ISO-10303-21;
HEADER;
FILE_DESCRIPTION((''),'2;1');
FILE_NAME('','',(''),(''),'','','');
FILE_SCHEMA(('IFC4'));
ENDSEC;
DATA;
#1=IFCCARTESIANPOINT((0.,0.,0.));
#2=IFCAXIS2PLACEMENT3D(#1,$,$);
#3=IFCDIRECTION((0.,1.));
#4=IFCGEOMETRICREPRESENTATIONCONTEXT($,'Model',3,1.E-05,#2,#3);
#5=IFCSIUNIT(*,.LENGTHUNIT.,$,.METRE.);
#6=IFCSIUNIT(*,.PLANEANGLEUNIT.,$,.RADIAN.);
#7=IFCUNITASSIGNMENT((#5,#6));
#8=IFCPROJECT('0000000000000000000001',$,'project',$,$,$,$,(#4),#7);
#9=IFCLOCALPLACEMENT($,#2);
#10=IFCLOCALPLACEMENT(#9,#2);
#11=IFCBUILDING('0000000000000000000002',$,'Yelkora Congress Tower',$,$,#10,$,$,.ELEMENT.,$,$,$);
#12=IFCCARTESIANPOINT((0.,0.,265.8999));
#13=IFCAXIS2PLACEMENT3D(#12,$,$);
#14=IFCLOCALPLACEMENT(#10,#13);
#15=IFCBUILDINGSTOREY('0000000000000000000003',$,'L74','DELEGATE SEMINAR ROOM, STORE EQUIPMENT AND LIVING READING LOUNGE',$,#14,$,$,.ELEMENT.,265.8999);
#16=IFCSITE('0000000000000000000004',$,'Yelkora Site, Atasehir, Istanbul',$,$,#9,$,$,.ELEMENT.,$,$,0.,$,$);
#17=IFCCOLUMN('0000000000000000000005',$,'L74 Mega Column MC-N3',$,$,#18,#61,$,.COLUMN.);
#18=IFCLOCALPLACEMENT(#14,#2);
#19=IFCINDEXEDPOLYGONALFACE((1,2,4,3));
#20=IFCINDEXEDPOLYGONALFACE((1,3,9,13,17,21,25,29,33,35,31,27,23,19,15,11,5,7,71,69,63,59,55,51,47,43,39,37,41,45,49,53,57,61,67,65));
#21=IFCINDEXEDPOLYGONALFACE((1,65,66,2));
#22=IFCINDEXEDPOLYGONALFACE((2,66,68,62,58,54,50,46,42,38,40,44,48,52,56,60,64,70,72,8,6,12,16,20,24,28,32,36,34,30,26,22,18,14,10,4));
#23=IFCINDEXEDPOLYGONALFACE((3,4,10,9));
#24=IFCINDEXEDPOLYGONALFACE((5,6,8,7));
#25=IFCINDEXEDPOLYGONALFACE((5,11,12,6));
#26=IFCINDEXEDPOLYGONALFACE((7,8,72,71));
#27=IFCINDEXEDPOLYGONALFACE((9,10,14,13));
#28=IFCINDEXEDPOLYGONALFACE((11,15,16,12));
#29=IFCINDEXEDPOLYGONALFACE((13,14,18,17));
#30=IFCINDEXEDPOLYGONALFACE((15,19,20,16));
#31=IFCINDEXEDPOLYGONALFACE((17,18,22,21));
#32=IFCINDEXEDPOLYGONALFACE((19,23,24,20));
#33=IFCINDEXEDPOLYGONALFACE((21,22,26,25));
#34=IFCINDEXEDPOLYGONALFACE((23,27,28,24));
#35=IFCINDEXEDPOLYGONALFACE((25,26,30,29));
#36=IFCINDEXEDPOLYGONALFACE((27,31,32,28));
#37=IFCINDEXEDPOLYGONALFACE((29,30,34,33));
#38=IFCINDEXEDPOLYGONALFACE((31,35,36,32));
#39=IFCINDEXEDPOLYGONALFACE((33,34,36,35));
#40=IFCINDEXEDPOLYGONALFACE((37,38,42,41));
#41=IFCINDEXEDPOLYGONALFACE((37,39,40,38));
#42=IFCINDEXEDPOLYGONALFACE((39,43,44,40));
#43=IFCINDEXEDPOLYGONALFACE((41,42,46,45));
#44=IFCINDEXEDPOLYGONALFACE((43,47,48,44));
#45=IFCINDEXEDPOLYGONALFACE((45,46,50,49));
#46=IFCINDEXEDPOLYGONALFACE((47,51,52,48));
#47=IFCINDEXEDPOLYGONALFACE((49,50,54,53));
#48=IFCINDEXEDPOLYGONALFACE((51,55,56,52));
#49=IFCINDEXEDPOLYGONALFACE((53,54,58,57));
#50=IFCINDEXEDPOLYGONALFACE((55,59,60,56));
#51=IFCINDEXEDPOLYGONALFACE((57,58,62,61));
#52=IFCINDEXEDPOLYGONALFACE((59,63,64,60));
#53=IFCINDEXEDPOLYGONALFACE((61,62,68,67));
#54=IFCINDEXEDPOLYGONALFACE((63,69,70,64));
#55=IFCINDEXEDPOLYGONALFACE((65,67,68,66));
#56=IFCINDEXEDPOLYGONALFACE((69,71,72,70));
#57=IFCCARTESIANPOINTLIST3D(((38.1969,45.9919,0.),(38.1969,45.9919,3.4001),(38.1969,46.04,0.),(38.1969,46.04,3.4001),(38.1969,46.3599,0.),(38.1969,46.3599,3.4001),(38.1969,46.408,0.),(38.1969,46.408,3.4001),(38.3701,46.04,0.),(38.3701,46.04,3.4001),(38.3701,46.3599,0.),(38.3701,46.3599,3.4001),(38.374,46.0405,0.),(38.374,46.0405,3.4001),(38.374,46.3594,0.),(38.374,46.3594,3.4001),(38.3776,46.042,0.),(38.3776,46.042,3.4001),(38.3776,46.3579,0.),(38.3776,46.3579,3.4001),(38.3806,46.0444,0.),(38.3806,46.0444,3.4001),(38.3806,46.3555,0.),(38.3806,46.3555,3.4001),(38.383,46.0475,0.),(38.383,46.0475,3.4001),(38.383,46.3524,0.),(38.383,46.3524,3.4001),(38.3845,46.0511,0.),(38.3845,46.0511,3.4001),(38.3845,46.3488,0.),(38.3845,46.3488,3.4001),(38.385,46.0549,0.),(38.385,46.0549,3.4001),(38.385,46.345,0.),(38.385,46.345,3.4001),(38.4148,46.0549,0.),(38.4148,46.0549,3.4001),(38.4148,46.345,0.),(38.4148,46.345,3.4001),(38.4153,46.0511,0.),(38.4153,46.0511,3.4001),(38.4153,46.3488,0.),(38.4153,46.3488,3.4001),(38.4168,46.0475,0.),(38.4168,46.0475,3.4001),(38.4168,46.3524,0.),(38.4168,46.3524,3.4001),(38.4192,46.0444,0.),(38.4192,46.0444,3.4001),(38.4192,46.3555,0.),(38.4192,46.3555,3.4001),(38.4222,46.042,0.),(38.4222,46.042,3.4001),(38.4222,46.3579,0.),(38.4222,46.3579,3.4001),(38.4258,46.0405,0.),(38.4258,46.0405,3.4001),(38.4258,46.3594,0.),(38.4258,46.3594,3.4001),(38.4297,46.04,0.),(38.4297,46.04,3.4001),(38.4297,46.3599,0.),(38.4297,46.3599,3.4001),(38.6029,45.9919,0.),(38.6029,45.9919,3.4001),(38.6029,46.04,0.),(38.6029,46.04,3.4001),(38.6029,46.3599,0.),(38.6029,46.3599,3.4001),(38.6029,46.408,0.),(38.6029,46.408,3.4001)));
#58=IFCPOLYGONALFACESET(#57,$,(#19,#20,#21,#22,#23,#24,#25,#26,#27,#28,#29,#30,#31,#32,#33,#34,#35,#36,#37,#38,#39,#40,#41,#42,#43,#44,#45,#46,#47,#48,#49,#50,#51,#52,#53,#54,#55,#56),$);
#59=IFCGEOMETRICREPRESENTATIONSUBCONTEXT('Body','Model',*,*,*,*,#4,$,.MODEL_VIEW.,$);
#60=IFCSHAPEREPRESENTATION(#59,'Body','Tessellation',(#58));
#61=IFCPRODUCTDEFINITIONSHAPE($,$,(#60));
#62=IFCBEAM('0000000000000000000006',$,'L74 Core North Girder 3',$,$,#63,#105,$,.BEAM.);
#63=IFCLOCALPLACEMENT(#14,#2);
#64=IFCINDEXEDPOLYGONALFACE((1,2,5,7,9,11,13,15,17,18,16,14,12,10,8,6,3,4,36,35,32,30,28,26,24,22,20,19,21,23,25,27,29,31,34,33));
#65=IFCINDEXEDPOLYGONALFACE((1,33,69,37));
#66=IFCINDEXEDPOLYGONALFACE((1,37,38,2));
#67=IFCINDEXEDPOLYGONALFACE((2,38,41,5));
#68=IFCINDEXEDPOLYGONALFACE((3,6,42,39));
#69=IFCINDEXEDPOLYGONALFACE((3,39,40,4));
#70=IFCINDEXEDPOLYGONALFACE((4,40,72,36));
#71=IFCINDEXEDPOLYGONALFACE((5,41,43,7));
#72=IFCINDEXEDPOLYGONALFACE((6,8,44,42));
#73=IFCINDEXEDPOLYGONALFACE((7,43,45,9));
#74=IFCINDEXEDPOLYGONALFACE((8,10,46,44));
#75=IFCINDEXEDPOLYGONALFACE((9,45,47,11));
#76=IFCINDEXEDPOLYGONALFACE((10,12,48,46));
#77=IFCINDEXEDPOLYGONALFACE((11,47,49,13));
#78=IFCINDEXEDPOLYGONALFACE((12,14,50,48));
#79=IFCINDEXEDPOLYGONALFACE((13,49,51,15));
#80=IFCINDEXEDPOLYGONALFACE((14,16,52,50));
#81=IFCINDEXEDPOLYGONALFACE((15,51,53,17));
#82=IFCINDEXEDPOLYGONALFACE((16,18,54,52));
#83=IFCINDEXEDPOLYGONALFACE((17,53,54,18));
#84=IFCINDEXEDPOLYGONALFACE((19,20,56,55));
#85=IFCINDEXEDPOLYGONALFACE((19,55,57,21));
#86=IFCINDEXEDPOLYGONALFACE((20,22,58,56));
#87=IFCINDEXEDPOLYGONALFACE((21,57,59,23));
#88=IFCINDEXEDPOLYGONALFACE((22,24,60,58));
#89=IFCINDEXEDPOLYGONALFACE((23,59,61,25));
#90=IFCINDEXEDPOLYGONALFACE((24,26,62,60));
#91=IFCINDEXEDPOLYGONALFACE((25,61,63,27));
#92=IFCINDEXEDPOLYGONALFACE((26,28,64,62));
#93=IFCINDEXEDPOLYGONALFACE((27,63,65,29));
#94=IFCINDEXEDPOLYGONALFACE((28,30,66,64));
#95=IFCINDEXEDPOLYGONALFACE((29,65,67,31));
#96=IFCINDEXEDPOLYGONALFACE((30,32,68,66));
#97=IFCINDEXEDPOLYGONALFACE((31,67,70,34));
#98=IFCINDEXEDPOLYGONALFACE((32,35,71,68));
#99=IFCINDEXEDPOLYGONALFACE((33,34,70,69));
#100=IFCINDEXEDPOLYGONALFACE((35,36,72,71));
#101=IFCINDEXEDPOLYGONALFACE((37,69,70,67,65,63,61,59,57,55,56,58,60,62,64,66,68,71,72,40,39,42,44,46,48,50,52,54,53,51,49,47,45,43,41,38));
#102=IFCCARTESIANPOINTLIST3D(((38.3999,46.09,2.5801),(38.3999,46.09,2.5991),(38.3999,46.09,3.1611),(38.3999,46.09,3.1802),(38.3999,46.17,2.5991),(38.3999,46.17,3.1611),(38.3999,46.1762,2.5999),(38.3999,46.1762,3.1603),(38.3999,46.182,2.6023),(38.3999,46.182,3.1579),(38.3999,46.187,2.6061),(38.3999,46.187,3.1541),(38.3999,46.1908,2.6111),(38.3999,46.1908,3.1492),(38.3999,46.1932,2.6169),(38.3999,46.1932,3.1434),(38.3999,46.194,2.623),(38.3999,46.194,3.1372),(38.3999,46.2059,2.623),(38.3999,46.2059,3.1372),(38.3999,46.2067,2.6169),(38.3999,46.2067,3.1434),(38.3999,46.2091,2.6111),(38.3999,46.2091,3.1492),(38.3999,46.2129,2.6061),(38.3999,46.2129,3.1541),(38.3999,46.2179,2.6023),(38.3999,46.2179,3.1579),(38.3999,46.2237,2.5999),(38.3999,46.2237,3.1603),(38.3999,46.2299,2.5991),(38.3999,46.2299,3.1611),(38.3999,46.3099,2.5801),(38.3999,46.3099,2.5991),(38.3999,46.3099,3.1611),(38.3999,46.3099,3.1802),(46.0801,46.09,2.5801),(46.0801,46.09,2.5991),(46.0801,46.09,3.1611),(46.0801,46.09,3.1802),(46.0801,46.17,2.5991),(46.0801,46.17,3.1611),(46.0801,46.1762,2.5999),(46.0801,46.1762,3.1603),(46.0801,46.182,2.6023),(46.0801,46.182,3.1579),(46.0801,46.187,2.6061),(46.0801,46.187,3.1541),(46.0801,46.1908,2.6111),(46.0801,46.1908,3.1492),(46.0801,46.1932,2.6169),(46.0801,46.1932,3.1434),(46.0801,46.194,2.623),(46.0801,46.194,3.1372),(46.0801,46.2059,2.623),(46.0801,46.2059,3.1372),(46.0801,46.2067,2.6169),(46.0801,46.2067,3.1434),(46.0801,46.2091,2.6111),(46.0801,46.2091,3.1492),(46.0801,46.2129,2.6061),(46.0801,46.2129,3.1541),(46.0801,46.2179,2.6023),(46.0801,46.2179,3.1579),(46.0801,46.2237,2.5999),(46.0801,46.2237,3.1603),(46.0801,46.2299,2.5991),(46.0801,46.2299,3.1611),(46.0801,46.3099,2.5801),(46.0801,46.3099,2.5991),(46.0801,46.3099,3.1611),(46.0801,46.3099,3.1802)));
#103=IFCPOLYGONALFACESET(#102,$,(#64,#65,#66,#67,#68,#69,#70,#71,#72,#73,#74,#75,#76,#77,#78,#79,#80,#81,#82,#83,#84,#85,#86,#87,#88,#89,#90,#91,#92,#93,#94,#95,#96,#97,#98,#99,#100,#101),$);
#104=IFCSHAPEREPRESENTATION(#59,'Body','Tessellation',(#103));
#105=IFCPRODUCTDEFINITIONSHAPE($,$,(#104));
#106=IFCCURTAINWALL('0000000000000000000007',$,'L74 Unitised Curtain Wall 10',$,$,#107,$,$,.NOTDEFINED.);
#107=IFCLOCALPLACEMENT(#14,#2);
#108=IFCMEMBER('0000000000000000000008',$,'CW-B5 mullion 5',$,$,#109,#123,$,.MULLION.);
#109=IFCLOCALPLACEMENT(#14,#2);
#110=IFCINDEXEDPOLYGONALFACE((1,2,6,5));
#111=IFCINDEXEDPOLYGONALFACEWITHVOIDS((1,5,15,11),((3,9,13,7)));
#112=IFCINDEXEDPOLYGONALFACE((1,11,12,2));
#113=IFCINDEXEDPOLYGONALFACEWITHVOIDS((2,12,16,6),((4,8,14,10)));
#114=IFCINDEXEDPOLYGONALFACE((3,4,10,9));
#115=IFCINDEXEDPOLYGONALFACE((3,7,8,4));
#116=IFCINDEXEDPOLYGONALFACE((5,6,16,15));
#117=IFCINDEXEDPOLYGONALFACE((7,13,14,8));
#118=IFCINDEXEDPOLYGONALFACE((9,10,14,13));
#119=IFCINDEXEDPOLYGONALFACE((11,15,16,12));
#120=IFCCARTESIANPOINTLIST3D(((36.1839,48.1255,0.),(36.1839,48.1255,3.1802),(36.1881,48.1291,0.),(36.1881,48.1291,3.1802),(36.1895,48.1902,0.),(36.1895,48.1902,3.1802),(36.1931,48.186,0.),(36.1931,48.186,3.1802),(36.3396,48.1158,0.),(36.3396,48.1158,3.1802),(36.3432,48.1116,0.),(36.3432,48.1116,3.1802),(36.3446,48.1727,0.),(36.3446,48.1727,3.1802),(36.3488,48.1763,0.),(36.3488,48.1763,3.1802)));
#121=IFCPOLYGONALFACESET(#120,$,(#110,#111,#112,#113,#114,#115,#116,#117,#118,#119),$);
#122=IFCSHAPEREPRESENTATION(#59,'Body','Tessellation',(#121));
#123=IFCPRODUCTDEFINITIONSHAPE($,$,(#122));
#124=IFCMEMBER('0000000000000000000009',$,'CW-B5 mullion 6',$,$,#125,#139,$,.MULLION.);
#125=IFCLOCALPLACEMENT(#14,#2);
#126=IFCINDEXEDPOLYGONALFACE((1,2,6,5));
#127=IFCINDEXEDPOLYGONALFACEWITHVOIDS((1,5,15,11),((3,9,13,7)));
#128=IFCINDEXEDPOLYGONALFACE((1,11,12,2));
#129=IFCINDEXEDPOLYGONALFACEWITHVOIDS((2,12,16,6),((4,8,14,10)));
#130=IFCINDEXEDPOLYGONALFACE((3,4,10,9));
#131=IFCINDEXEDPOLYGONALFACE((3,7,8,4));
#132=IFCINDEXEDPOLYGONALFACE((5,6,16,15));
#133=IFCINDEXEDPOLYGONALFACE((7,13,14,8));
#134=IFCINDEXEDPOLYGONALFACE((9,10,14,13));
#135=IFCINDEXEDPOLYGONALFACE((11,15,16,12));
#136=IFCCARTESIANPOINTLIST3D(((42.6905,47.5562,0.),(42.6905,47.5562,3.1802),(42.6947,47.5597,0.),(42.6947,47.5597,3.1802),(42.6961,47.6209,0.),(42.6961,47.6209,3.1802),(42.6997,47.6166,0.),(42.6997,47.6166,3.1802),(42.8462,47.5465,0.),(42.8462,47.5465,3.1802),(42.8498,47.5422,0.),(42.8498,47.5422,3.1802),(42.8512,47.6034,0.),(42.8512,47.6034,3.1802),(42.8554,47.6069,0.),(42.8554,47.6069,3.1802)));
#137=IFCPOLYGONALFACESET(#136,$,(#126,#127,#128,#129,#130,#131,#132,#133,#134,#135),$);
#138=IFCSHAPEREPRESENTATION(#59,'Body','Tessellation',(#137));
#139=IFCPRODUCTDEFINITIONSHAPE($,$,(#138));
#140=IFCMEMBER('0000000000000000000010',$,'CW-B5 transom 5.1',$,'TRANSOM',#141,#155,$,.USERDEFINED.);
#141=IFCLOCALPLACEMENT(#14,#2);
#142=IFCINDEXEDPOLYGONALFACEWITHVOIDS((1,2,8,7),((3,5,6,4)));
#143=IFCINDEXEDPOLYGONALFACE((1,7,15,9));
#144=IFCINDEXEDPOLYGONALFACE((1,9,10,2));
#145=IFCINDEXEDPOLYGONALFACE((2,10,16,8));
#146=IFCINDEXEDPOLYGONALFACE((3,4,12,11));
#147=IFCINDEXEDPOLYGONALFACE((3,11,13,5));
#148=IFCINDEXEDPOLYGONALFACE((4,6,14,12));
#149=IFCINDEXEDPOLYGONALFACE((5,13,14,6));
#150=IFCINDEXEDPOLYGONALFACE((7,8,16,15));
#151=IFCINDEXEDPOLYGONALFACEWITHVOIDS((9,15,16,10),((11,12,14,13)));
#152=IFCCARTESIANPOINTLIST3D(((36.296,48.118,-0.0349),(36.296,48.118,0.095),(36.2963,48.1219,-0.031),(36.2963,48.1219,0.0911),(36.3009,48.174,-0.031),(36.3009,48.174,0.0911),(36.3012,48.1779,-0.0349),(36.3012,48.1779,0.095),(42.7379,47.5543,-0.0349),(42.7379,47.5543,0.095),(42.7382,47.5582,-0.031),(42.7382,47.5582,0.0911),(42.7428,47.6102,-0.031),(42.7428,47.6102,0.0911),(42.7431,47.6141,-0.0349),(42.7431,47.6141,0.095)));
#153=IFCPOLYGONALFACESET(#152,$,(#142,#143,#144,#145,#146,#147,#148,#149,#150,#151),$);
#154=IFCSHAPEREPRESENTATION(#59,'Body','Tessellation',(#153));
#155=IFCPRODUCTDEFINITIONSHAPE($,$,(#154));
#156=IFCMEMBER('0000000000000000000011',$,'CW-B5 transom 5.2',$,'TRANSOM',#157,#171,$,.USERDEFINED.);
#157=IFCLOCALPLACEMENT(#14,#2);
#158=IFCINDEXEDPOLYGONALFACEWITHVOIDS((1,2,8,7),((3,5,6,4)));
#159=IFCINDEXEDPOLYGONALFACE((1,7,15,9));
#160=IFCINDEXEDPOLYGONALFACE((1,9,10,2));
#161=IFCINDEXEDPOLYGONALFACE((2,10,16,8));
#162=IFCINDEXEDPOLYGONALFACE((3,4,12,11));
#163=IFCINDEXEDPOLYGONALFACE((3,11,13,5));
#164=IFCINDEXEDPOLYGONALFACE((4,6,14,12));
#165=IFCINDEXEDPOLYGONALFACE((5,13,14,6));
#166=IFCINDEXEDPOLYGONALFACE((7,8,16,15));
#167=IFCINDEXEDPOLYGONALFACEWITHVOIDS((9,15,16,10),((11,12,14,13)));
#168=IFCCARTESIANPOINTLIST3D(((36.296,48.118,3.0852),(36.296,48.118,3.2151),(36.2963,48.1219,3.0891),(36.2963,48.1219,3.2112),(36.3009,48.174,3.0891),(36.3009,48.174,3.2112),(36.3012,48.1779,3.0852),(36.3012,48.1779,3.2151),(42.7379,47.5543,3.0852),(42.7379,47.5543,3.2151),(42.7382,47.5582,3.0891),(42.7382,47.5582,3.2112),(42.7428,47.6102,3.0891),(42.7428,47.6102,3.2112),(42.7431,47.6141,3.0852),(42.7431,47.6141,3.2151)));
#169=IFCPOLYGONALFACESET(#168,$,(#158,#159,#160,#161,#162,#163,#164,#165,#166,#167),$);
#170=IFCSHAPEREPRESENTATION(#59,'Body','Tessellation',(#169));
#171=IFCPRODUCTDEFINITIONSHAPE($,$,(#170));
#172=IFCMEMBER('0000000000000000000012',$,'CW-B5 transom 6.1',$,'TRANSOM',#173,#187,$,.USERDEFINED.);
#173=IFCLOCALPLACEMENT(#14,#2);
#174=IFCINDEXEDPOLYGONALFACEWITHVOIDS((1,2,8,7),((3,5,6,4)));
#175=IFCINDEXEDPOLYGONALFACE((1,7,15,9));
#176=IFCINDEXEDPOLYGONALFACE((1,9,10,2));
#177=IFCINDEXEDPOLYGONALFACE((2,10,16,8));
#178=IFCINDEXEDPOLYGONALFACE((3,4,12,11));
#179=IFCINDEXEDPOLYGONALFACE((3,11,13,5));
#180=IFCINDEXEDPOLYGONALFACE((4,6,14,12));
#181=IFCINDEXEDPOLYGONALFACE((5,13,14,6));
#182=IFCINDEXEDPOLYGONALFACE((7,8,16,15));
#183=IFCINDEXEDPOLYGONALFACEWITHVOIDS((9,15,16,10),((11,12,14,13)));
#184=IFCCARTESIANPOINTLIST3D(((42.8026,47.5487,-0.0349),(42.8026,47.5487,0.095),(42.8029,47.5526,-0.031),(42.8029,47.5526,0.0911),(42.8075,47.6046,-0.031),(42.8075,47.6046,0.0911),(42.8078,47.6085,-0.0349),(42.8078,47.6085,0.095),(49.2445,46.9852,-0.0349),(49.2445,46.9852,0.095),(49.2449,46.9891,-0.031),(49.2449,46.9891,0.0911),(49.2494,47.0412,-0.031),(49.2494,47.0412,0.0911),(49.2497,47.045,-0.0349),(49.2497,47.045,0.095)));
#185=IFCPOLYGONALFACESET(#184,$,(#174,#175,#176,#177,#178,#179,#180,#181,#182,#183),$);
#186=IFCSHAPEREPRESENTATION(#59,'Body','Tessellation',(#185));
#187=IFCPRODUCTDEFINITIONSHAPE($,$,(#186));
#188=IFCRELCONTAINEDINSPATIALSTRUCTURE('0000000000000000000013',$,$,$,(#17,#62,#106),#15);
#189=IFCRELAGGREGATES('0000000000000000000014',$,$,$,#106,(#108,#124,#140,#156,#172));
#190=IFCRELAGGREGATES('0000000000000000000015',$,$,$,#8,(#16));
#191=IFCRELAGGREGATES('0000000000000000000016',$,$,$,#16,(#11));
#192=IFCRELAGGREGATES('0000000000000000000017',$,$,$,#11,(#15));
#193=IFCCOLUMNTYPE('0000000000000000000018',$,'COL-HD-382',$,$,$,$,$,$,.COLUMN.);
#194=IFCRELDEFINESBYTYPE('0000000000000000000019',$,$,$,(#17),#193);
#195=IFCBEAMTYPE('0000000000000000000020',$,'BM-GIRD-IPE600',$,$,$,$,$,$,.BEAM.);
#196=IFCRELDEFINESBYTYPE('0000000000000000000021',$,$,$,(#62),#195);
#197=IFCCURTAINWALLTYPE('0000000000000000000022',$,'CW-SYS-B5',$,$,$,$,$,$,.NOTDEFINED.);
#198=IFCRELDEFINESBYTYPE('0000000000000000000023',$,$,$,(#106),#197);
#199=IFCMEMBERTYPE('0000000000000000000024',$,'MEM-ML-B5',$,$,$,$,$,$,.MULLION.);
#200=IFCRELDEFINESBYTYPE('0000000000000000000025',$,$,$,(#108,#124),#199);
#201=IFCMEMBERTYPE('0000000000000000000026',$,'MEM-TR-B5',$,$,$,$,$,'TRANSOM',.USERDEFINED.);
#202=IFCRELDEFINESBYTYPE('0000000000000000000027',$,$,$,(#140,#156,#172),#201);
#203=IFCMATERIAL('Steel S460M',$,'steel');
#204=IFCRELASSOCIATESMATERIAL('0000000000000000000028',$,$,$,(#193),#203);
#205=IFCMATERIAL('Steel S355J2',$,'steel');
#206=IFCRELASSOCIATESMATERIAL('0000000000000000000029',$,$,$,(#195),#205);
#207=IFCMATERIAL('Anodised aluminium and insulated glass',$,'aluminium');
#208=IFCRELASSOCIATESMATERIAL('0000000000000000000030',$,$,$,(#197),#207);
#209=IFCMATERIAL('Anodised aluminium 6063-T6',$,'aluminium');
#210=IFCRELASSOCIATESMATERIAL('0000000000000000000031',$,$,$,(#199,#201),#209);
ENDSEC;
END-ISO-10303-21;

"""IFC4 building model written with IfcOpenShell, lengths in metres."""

from ifc_helpers import new_model, si_unit, direction, frame, origin, origin_2d, place, context, subcontext, project, spatial, hollow_rectangle, i_section, extrude, material, material_profile, profile_set, type_object, element, aggregate, save


model = new_model("IFC4")

# Units and contexts
model_context = context("Model", 3, precision=1e-05, world=origin(), true_north=direction((0.0, 1.0)))
body_context = subcontext(model_context, "Body", "Model", "MODEL_VIEW")
ifc_project = project(units=[si_unit("LENGTHUNIT", "METRE"), si_unit("PLANEANGLEUNIT", "RADIAN")], contexts=[model_context])

# Site, building, storey
site_placement = place(None, origin())
site = spatial("IfcSite", under=ifc_project, at=site_placement, Name="Yelkora Site, Atasehir, Istanbul", CompositionType="ELEMENT", RefElevation=0.0)
building_placement = place(site_placement, origin())
building = spatial("IfcBuilding", under=site, at=building_placement, Name="Yelkora Congress Tower", CompositionType="ELEMENT")
storey_placement = place(building_placement, frame((0.0, 0.0, 265.8999)))
storey = spatial("IfcBuildingStorey", under=building, at=storey_placement, Name="L74", Description="DELEGATE SEMINAR ROOM, STORE EQUIPMENT AND LIVING READING LOUNGE", CompositionType="ELEMENT", Elevation=265.8999)

# Column
ifc_material_1 = material(Name="Steel S460M", Category="steel")
ifc_material_profile_1 = material_profile(ifc_material_1, i_section(OverallWidth=0.406, OverallDepth=0.416, WebThickness=0.0298, FlangeThickness=0.0481, FilletRadius=0.0149, at=origin_2d()), Name="HD 400x382")
ifc_profile_set_1 = profile_set([ifc_material_profile_1], Name="Steel S460M")
column_type = type_object("IfcColumnType", Name="COL-HD-382", PredefinedType="COLUMN", material=ifc_profile_set_1)
column_placement = place(storey_placement, frame((38.3999, 46.2, 0.0), z_axis=(0.0, 0.0, 1.0), x_axis=(1.0, 0.0, 0.0)))
element("IfcColumn", 1, at=column_placement, inside=storey, type_object=column_type, Name="L74 Mega Column MC-N3", PredefinedType="COLUMN", context=body_context, shape_type="SweptSolid", body=[
    extrude(i_section(OverallWidth=0.406, OverallDepth=0.416, WebThickness=0.0298, FlangeThickness=0.0481, FilletRadius=0.0149, at=origin_2d()), origin(), (0.0, 0.0, 1.0), 3.4001),
])

# Beam
ifc_material_2 = material(Name="Steel S355J2", Category="steel")
ifc_material_profile_2 = material_profile(ifc_material_2, i_section(OverallWidth=0.22, OverallDepth=0.6001, WebThickness=0.012, FlangeThickness=0.019, FilletRadius=0.0239, at=origin_2d()), Name="IPE 600")
ifc_profile_set_2 = profile_set([ifc_material_profile_2], Name="Steel S355J2")
beam_type = type_object("IfcBeamType", Name="BM-GIRD-IPE600", PredefinedType="BEAM", material=ifc_profile_set_2)
beam_placement = place(storey_placement, frame((38.3999, 46.2, 2.8801), z_axis=(1.0, 0.0, 0.0), x_axis=(0.0, 1.0, 0.0)))
element("IfcBeam", 2, at=beam_placement, inside=storey, type_object=beam_type, Name="L74 Core North Girder 3", PredefinedType="BEAM", context=body_context, shape_type="SweptSolid", body=[
    extrude(i_section(OverallWidth=0.22, OverallDepth=0.6001, WebThickness=0.012, FlangeThickness=0.019, FilletRadius=0.0239, at=origin_2d()), origin(), (0.0, 0.0, 1.0), 7.6802),
])

# Curtain wall, members
ifc_material_3 = material(Name="Anodised aluminium and insulated glass", Category="aluminium")
curtain_wall_type = type_object("IfcCurtainWallType", Name="CW-SYS-B5", PredefinedType="NOTDEFINED", material=ifc_material_3)
curtain_wall_placement = place(storey_placement, origin())
curtain_wall = element("IfcCurtainWall", 3, at=curtain_wall_placement, inside=storey, type_object=curtain_wall_type, Name="L74 Unitised Curtain Wall 10", PredefinedType="NOTDEFINED")
ifc_material_4 = material(Name="Anodised aluminium 6063-T6", Category="aluminium")
ifc_material_profile_3 = material_profile(ifc_material_4, hollow_rectangle(XDim=0.0649, YDim=0.1599, WallThickness=0.0039, at=origin_2d()), Name="ALU 65x160x4")
ifc_profile_set_3 = profile_set([ifc_material_profile_3], Name="Anodised aluminium 6063-T6")
member_type_1 = type_object("IfcMemberType", Name="MEM-ML-B5", PredefinedType="MULLION", material=ifc_profile_set_3)
member_1_placement = place(storey_placement, frame((36.2664, 48.1509, 0.0), z_axis=(0.0, 0.0, 1.0), x_axis=(0.087157, 0.996195, 0.0)))
member_1 = element("IfcMember", 4, at=member_1_placement, type_object=member_type_1, Name="CW-B5 mullion 5", PredefinedType="MULLION", context=body_context, shape_type="SweptSolid", body=[
    extrude(hollow_rectangle(XDim=0.0649, YDim=0.1599, WallThickness=0.0039, at=origin_2d()), origin(), (0.0, 0.0, 1.0), 3.1802),
])
member_2_placement = place(storey_placement, frame((42.7729, 47.5815, 0.0), z_axis=(0.0, 0.0, 1.0), x_axis=(0.087157, 0.996195, 0.0)))
member_2 = element("IfcMember", 5, at=member_2_placement, type_object=member_type_1, Name="CW-B5 mullion 6", PredefinedType="MULLION", context=body_context, shape_type="SweptSolid", body=[
    extrude(hollow_rectangle(XDim=0.0649, YDim=0.1599, WallThickness=0.0039, at=origin_2d()), origin(), (0.0, 0.0, 1.0), 3.1802),
])
ifc_material_profile_4 = material_profile(ifc_material_4, hollow_rectangle(XDim=0.0601, YDim=0.1299, WallThickness=0.0039, at=origin_2d()), Name="ALU 60x130x4")
ifc_profile_set_4 = profile_set([ifc_material_profile_4], Name="Anodised aluminium 6063-T6")
member_type_2 = type_object("IfcMemberType", Name="MEM-TR-B5", ElementType="TRANSOM", PredefinedType="USERDEFINED", material=ifc_profile_set_4)
member_3_placement = place(storey_placement, frame((36.2986, 48.1479, 0.03), z_axis=(0.996193, -0.087175, 0.0), x_axis=(0.087175, 0.996193, 0.0)))
member_3 = element("IfcMember", 6, at=member_3_placement, type_object=member_type_2, Name="CW-B5 transom 5.1", ObjectType="TRANSOM", PredefinedType="USERDEFINED", context=body_context, shape_type="SweptSolid", body=[
    extrude(hollow_rectangle(XDim=0.0601, YDim=0.1299, WallThickness=0.0039, at=origin_2d()), origin(), (0.0, 0.0, 1.0), 6.4666),
])
member_4_placement = place(storey_placement, frame((36.2986, 48.1479, 3.1501), z_axis=(0.996193, -0.087175, 0.0), x_axis=(0.087175, 0.996193, 0.0)))
member_4 = element("IfcMember", 7, at=member_4_placement, type_object=member_type_2, Name="CW-B5 transom 5.2", ObjectType="TRANSOM", PredefinedType="USERDEFINED", context=body_context, shape_type="SweptSolid", body=[
    extrude(hollow_rectangle(XDim=0.0601, YDim=0.1299, WallThickness=0.0039, at=origin_2d()), origin(), (0.0, 0.0, 1.0), 6.4666),
])
member_5_placement = place(storey_placement, frame((42.8052, 47.5786, 0.03), z_axis=(0.996196, -0.087138, 0.0), x_axis=(0.087138, 0.996196, 0.0)))
member_5 = element("IfcMember", 8, at=member_5_placement, type_object=member_type_2, Name="CW-B5 transom 6.1", ObjectType="TRANSOM", PredefinedType="USERDEFINED", context=body_context, shape_type="SweptSolid", body=[
    extrude(hollow_rectangle(XDim=0.0601, YDim=0.1299, WallThickness=0.0039, at=origin_2d()), origin(), (0.0, 0.0, 1.0), 6.4666),
])
aggregate(curtain_wall, [member_1, member_2, member_3, member_4, member_5])

save(model, "model.ifc")
